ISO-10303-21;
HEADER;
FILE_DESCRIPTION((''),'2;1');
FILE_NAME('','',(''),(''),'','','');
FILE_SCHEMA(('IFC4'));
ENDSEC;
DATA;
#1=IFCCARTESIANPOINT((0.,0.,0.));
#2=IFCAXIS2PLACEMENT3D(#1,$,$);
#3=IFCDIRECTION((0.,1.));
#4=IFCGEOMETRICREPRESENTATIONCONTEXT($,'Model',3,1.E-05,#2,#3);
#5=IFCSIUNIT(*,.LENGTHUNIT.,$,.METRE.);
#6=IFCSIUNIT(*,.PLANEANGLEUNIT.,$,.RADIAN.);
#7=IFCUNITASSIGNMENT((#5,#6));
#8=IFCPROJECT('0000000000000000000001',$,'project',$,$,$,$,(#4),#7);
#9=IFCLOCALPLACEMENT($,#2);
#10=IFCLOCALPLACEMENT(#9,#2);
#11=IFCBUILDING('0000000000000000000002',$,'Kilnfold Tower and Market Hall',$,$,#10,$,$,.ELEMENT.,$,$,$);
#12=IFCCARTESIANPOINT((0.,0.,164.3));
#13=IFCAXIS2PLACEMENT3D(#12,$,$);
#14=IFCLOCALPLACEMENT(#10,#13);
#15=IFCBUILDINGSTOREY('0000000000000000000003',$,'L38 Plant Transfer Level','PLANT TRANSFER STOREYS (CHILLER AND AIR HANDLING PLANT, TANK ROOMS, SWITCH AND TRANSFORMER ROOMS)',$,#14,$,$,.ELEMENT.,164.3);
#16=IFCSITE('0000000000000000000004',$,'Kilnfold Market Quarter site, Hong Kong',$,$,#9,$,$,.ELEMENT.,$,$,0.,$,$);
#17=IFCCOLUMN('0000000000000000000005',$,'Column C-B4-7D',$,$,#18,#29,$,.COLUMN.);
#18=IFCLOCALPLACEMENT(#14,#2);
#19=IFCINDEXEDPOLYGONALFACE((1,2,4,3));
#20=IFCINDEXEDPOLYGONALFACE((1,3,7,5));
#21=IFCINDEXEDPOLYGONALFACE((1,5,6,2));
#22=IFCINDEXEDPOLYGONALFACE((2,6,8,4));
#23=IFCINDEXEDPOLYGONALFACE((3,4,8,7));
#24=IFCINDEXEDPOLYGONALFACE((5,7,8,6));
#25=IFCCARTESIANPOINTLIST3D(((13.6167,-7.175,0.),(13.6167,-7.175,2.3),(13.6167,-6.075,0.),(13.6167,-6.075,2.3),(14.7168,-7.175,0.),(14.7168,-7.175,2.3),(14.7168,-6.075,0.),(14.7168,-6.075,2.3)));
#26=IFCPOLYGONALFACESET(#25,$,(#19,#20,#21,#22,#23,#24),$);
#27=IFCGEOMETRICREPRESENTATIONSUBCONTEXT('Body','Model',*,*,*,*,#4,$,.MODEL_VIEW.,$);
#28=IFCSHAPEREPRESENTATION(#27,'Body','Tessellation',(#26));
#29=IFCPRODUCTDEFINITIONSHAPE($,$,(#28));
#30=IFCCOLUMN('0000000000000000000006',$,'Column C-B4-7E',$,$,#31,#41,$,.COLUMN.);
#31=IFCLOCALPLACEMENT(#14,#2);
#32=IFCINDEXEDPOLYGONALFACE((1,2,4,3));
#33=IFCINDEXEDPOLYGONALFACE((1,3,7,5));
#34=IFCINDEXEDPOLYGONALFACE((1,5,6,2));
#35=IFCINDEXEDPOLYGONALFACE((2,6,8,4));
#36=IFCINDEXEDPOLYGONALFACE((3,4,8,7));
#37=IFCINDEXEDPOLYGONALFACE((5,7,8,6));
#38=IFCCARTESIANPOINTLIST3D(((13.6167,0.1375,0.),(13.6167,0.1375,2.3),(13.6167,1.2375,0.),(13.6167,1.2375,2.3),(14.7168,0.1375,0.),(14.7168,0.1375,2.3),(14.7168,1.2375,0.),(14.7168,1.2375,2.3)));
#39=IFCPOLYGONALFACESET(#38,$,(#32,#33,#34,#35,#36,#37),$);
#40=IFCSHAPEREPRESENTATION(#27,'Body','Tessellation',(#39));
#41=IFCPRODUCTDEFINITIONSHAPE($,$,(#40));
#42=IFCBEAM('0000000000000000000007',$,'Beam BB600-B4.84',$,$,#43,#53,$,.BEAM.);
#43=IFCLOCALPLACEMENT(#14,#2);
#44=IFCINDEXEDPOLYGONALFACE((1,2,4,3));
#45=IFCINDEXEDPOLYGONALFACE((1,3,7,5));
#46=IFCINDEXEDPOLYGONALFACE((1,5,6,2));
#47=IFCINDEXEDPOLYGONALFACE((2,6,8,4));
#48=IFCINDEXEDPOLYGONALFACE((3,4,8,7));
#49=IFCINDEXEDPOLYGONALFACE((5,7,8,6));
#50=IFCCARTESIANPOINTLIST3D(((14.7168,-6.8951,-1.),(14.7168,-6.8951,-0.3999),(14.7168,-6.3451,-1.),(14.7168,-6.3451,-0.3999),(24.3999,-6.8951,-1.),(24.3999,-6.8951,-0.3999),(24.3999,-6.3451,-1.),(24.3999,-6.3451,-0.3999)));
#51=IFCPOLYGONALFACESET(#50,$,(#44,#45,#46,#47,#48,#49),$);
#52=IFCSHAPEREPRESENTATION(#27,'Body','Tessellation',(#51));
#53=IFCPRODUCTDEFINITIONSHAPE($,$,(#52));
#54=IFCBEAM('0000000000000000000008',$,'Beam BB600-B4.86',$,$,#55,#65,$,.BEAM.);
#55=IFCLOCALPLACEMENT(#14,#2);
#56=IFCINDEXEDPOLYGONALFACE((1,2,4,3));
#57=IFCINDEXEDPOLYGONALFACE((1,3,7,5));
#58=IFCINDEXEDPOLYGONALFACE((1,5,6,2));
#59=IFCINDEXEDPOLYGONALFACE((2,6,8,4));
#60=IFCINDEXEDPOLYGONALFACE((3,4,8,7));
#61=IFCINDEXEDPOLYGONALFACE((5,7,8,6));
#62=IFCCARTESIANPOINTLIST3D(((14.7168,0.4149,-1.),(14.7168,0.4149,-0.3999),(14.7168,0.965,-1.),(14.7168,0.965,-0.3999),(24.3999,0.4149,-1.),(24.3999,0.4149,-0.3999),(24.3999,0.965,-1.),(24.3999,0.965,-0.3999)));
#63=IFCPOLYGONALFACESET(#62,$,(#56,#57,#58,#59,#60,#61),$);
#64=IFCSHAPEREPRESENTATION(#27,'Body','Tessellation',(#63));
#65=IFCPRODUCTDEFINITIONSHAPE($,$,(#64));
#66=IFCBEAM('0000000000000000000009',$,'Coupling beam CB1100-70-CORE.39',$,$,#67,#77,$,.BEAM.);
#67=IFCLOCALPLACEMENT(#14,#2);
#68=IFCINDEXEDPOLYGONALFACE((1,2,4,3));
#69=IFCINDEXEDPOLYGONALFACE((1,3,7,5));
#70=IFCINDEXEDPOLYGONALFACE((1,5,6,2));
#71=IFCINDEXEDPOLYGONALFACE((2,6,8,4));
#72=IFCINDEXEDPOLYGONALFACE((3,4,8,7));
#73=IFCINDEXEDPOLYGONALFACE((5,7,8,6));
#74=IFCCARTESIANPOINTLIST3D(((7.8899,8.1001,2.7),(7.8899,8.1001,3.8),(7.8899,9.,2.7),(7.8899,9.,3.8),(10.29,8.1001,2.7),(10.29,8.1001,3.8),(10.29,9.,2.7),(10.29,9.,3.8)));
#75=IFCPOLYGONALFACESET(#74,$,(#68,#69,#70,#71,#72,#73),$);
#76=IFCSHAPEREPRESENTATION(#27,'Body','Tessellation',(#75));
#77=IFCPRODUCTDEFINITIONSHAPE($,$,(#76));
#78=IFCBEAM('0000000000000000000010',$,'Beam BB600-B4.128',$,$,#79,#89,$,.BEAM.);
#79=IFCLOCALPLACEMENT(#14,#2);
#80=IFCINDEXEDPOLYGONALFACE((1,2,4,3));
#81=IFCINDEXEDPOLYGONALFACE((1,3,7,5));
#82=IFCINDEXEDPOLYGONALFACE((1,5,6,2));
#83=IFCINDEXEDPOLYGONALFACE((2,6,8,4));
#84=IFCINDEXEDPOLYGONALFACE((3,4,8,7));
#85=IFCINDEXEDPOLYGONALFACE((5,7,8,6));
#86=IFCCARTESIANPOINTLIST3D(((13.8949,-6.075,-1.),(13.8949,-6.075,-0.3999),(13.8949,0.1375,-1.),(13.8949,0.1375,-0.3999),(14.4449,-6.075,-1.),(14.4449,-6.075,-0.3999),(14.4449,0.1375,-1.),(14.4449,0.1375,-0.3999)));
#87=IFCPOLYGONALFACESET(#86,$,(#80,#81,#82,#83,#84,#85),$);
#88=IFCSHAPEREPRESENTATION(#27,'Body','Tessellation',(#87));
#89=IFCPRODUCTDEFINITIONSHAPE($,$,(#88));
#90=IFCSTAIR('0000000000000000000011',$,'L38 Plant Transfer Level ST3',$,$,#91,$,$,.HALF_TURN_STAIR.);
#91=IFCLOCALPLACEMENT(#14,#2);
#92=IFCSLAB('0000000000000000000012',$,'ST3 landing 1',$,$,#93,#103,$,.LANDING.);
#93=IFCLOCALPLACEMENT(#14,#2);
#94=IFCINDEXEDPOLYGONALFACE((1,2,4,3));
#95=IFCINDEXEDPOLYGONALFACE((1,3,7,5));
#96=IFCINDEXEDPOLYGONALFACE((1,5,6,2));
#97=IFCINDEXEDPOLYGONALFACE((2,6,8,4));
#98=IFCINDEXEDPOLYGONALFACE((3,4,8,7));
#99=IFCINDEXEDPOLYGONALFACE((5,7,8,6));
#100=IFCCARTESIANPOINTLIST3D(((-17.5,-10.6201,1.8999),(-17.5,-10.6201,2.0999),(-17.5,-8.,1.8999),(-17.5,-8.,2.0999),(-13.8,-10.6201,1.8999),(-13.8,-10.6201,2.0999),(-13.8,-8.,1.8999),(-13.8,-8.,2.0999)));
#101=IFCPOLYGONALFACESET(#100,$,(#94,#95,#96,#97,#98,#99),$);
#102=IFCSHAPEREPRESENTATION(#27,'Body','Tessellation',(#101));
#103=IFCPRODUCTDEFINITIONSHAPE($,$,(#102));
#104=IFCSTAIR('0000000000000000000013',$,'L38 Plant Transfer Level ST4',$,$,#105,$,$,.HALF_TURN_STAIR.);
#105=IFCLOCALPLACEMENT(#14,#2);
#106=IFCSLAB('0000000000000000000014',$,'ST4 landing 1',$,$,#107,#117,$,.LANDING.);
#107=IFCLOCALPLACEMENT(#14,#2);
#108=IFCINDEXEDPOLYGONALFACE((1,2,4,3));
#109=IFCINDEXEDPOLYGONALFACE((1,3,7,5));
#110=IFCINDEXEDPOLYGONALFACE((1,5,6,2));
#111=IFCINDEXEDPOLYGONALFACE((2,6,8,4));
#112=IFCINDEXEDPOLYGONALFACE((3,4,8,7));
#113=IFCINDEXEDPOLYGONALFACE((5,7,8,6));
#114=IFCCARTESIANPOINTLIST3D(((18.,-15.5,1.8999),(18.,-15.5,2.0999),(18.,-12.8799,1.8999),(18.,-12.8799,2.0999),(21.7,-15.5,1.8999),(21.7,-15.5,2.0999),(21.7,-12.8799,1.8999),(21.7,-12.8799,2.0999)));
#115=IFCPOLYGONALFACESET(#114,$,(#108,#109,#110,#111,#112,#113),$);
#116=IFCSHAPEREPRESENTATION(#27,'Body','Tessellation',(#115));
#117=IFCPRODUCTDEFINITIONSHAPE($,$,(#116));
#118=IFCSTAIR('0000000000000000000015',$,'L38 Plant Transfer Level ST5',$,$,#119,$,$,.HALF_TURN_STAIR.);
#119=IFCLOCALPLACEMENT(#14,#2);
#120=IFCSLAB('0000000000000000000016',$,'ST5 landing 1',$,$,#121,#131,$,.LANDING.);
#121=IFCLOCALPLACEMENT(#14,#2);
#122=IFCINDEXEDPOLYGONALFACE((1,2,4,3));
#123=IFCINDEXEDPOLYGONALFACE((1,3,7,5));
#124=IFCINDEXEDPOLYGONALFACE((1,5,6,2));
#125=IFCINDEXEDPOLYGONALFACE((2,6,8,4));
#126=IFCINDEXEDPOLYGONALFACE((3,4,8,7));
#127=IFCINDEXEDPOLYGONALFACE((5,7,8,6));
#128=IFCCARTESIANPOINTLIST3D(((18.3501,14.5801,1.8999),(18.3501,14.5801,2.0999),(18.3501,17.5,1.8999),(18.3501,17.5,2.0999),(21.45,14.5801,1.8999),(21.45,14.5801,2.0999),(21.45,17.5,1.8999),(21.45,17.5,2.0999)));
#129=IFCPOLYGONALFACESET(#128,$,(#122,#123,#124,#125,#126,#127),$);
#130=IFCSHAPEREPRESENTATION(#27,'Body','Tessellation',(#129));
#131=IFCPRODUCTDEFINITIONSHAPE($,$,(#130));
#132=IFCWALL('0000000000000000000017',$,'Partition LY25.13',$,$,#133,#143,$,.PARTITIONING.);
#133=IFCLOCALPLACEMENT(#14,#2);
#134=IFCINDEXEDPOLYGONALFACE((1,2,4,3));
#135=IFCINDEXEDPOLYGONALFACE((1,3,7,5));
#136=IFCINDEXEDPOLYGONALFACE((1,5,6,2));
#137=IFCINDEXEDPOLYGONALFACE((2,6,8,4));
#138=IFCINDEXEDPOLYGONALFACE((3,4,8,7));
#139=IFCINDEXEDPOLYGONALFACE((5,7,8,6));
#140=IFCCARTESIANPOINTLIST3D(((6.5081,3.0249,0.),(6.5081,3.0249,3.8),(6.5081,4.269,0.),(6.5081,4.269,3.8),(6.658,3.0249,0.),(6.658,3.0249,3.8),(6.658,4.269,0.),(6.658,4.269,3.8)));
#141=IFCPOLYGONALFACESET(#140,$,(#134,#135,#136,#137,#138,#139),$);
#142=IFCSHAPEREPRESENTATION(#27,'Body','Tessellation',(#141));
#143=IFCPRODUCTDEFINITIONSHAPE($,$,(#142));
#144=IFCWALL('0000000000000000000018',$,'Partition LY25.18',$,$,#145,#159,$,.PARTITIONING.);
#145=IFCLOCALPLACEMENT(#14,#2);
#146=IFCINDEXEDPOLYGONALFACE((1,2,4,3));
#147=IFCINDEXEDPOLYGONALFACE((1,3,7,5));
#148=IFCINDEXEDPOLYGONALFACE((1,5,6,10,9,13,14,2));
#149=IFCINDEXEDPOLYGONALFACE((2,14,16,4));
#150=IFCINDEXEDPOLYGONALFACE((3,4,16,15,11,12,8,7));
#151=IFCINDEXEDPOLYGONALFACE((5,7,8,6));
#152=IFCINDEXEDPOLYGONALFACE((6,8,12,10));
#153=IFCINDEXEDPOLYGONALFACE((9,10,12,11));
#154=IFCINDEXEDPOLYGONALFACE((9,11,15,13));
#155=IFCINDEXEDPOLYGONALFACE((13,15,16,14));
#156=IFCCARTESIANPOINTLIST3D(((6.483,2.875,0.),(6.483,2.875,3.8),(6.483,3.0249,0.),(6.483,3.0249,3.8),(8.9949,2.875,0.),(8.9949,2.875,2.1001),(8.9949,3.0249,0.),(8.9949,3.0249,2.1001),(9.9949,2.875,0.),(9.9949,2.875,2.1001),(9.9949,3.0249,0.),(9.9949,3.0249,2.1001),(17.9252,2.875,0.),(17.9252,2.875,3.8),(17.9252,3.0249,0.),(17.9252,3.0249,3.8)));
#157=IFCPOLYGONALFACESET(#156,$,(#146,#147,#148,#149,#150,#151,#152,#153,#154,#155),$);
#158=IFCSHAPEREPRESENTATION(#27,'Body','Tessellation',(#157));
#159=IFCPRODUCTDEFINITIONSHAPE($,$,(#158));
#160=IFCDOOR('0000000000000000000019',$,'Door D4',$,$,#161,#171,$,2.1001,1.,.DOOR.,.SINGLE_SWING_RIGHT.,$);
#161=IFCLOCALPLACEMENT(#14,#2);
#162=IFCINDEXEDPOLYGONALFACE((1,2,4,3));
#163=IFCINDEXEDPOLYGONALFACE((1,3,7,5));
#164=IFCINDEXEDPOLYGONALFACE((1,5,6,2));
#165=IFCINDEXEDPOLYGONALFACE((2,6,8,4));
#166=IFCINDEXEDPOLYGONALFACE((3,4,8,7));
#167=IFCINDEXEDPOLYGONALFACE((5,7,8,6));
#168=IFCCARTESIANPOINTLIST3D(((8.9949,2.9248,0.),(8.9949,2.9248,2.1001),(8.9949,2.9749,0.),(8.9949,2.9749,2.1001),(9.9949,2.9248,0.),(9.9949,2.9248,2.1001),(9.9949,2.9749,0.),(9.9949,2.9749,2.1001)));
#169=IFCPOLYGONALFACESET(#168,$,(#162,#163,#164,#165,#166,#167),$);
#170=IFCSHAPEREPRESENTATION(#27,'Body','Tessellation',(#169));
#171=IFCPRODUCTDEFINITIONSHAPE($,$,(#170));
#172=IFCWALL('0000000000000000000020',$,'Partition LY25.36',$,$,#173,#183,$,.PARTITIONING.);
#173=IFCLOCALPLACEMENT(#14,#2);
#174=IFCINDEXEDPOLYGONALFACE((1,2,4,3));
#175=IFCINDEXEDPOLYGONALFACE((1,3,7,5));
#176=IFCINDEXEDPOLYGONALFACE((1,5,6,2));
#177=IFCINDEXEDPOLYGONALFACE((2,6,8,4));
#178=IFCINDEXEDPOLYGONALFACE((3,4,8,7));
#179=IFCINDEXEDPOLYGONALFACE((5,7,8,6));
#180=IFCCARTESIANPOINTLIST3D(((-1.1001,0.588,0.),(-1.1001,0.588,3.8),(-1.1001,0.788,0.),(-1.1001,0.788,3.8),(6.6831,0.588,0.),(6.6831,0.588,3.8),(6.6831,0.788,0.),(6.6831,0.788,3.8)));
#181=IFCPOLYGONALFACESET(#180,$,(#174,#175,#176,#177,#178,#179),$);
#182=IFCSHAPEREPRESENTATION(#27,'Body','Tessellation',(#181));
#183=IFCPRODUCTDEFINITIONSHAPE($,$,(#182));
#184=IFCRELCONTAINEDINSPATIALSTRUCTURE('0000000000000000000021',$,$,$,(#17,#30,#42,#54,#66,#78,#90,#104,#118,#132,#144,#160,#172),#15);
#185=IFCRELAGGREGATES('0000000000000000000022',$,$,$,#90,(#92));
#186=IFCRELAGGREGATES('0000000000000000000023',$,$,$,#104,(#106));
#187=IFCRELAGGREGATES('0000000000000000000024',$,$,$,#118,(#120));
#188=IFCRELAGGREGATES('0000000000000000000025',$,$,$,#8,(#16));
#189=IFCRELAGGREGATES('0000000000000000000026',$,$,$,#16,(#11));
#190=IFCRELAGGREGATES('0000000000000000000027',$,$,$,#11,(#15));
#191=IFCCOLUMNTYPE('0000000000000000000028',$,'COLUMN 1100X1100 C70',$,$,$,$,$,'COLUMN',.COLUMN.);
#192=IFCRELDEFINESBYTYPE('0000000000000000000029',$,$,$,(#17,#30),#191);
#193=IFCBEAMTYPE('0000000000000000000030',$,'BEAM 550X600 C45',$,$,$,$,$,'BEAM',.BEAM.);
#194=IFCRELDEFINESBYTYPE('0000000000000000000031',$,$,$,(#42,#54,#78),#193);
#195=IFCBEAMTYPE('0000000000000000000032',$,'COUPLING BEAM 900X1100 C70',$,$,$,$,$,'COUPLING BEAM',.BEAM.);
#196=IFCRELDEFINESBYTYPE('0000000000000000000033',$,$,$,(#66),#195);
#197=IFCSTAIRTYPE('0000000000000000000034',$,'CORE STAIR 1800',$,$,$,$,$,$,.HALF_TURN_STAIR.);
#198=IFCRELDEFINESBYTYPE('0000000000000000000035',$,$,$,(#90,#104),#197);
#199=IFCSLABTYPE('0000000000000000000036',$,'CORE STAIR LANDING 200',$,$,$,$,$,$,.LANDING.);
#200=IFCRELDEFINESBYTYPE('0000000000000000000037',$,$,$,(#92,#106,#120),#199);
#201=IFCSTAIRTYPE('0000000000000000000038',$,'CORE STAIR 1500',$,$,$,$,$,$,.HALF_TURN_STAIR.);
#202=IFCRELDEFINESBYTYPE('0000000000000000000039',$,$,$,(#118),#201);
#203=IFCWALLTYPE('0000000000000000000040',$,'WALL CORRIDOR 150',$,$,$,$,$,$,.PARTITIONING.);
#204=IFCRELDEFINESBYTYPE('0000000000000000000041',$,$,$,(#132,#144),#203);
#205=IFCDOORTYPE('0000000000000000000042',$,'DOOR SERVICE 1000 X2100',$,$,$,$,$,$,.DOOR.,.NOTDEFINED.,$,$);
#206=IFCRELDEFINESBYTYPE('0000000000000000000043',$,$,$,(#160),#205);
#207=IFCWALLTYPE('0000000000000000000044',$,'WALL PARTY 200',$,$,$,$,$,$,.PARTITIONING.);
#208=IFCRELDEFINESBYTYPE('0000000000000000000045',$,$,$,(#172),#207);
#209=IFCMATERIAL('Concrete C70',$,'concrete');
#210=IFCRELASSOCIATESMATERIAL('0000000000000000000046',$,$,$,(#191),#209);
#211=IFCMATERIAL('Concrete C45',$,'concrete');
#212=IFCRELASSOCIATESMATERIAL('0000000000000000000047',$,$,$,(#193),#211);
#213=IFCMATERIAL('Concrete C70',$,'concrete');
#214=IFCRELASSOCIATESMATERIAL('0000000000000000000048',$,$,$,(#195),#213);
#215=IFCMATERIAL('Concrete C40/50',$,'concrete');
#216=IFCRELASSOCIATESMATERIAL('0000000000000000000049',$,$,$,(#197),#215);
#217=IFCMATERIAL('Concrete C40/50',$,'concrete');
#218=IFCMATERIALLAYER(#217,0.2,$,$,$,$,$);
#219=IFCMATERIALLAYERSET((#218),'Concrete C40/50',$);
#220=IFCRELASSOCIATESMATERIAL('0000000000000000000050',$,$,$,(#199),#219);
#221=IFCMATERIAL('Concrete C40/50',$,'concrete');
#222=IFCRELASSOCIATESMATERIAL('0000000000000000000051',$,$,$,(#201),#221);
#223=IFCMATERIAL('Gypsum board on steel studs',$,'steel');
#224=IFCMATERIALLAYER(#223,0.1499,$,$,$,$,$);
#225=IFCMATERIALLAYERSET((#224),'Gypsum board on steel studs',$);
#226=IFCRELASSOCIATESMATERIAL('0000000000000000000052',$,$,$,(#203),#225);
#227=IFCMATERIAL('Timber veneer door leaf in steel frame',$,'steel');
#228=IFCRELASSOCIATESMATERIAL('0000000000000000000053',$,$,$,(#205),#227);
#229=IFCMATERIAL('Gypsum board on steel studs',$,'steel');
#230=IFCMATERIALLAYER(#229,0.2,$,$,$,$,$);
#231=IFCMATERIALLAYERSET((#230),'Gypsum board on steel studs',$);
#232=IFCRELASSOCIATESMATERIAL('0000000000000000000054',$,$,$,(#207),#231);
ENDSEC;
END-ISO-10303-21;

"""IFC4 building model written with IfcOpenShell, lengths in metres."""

from ifc_helpers import new_model, si_unit, direction, frame, frame_2d, origin, origin_2d, place, context, subcontext, project, spatial, polyline, rectangle, outline, extrude, source, transform, mapped, material, layer, layer_set, material_profile, profile_set, type_object, element, fill, aggregate, save


model = new_model("IFC4")

# Units and contexts
model_context = context("Model", 3, precision=1e-05, world=origin(), true_north=direction((0.0, 1.0)))
body_context = subcontext(model_context, "Body", "Model", "MODEL_VIEW")
ifc_project = project(units=[si_unit("LENGTHUNIT", "METRE"), si_unit("PLANEANGLEUNIT", "RADIAN")], contexts=[model_context])

# Site, building, storey
site_placement = place(None, origin())
site = spatial("IfcSite", under=ifc_project, at=site_placement, Name="Kilnfold Market Quarter site, Hong Kong", CompositionType="ELEMENT", RefElevation=0.0)
building_placement = place(site_placement, origin())
building = spatial("IfcBuilding", under=site, at=building_placement, Name="Kilnfold Tower and Market Hall", CompositionType="ELEMENT")
storey_placement = place(building_placement, frame((0.0, 0.0, 164.3)))
storey = spatial("IfcBuildingStorey", under=building, at=storey_placement, Name="L38 Plant Transfer Level", Description="PLANT TRANSFER STOREYS (CHILLER AND AIR HANDLING PLANT, TANK ROOMS, SWITCH AND TRANSFORMER ROOMS)", CompositionType="ELEMENT", Elevation=164.3)

# Columns
ifc_material_1 = material(Name="Concrete C70", Category="concrete")
ifc_material_profile_1 = material_profile(ifc_material_1, rectangle(XDim=1.1001, YDim=1.1001, at=origin_2d()), Name="RC 1100x1100")
ifc_profile_set_1 = profile_set([ifc_material_profile_1], Name="Concrete C70")
column_type = type_object("IfcColumnType", Name="COLUMN 1100X1100 C70", ElementType="COLUMN", PredefinedType="COLUMN", material=ifc_profile_set_1)
shared_shape_1 = source(origin(), body_context, "Body", "SweptSolid", [
    extrude(rectangle(XDim=1.1001, YDim=1.1001, at=origin_2d()), origin(), (0.0, 0.0, 1.0), 2.3),
])
for number, where, z_axis, x_axis, name in (
    (1, (14.1667, -6.625, 0.0), (0.0, 0.0, 1.0), (1.0, 0.0, 0.0), "Column C-B4-7D"),
    (2, (14.1667, 0.6875, 0.0), (0.0, 0.0, 1.0), (1.0, 0.0, 0.0), "Column C-B4-7E"),
):
    element("IfcColumn", number, at=place(storey_placement, frame(where, z_axis=z_axis, x_axis=x_axis)), inside=storey, type_object=column_type, Name=name, PredefinedType="COLUMN", context=body_context, shape_type="MappedRepresentation", body=[
        mapped(shared_shape_1, transform((0.0, 0.0, 0.0))),
    ])

# Beams
ifc_material_2 = material(Name="Concrete C45", Category="concrete")
ifc_material_profile_2 = material_profile(ifc_material_2, rectangle(XDim=0.55, YDim=0.6001, at=origin_2d()), Name="RC 550x600")
ifc_profile_set_2 = profile_set([ifc_material_profile_2], Name="Concrete C45")
beam_type_1 = type_object("IfcBeamType", Name="BEAM 550X600 C45", ElementType="BEAM", PredefinedType="BEAM", material=ifc_profile_set_2)
shared_shape_2 = source(origin(), body_context, "Body", "SweptSolid", [
    extrude(rectangle(XDim=0.55, YDim=0.6001, at=origin_2d()), origin(), (0.0, 0.0, 1.0), 9.6831),
])
for number, where, z_axis, x_axis, name in (
    (3, (14.7168, -6.6201, -0.7), (1.0, 0.0, 0.0), (0.0, 1.0, 0.0), "Beam BB600-B4.84"),
    (4, (14.7168, 0.6899, -0.7), (1.0, 0.0, 0.0), (0.0, 1.0, 0.0), "Beam BB600-B4.86"),
):
    element("IfcBeam", number, at=place(storey_placement, frame(where, z_axis=z_axis, x_axis=x_axis)), inside=storey, type_object=beam_type_1, Name=name, PredefinedType="BEAM", context=body_context, shape_type="MappedRepresentation", body=[
        mapped(shared_shape_2, transform((0.0, 0.0, 0.0))),
    ])
ifc_material_3 = material(Name="Concrete C70", Category="concrete")
ifc_material_profile_3 = material_profile(ifc_material_3, rectangle(XDim=0.8999, YDim=1.1001, at=origin_2d()), Name="RC 900x1100")
ifc_profile_set_3 = profile_set([ifc_material_profile_3], Name="Concrete C70")
beam_type_2 = type_object("IfcBeamType", Name="COUPLING BEAM 900X1100 C70", ElementType="COUPLING BEAM", PredefinedType="BEAM", material=ifc_profile_set_3)
shared_shape_3 = source(origin(), body_context, "Body", "SweptSolid", [
    extrude(rectangle(XDim=0.8999, YDim=1.1001, at=origin_2d()), origin(), (0.0, 0.0, 1.0), 2.4001),
])
beam_1_placement = place(storey_placement, frame((7.8899, 8.55, 3.25), z_axis=(1.0, 0.0, 0.0), x_axis=(0.0, 1.0, 0.0)))
element("IfcBeam", 5, at=beam_1_placement, inside=storey, type_object=beam_type_2, Name="Coupling beam CB1100-70-CORE.39", PredefinedType="BEAM", context=body_context, shape_type="MappedRepresentation", body=[
    mapped(shared_shape_3, transform((0.0, 0.0, 0.0))),
])
shared_shape_4 = source(origin(), body_context, "Body", "SweptSolid", [
    extrude(rectangle(XDim=0.55, YDim=0.6001, at=origin_2d()), origin(), (0.0, 0.0, 1.0), 6.2124),
])
beam_2_placement = place(storey_placement, frame((14.1699, -6.075, -0.7), z_axis=(0.0, 1.0, 0.0), x_axis=(-1.0, 0.0, 0.0)))
element("IfcBeam", 6, at=beam_2_placement, inside=storey, type_object=beam_type_1, Name="Beam BB600-B4.128", PredefinedType="BEAM", context=body_context, shape_type="MappedRepresentation", body=[
    mapped(shared_shape_4, transform((0.0, 0.0, 0.0))),
])

# Stairs, slabs
ifc_material_4 = material(Name="Concrete C40/50", Category="concrete")
stair_type_1 = type_object("IfcStairType", Name="CORE STAIR 1800", PredefinedType="HALF_TURN_STAIR", material=ifc_material_4)
stair_1_placement = place(storey_placement, origin())
stair_1 = element("IfcStair", 7, at=stair_1_placement, inside=storey, type_object=stair_type_1, Name="L38 Plant Transfer Level ST3", PredefinedType="HALF_TURN_STAIR")
ifc_material_5 = material(Name="Concrete C40/50", Category="concrete")
ifc_layer_1 = layer(ifc_material_5, 0.2)
ifc_layer_set_1 = layer_set([ifc_layer_1], Name="Concrete C40/50")
slab_type = type_object("IfcSlabType", Name="CORE STAIR LANDING 200", PredefinedType="LANDING", material=ifc_layer_set_1)
shared_shape_5 = source(origin(), body_context, "Body", "SweptSolid", [
    extrude(outline(polyline([(-13.8, -10.6201), (-13.8, -8.0), (-17.5, -8.0), (-17.5, -10.6201), (-13.8, -10.6201)])), origin(), (0.0, 0.0, 1.0), 0.2),
])
slab_1_placement = place(storey_placement, frame((0.0, 0.0, 1.8999)))
slab_1 = element("IfcSlab", 8, at=slab_1_placement, type_object=slab_type, Name="ST3 landing 1", PredefinedType="LANDING", context=body_context, shape_type="MappedRepresentation", body=[
    mapped(shared_shape_5, transform((0.0, 0.0, 0.0))),
])
aggregate(stair_1, [slab_1])
stair_2_placement = place(storey_placement, origin())
stair_2 = element("IfcStair", 9, at=stair_2_placement, inside=storey, type_object=stair_type_1, Name="L38 Plant Transfer Level ST4", PredefinedType="HALF_TURN_STAIR")
shared_shape_6 = source(origin(), body_context, "Body", "SweptSolid", [
    extrude(outline(polyline([(18.0, -12.8799), (18.0, -15.5), (21.7, -15.5), (21.7, -12.8799), (18.0, -12.8799)])), origin(), (0.0, 0.0, 1.0), 0.2),
])
slab_2_placement = place(storey_placement, frame((0.0, 0.0, 1.8999)))
slab_2 = element("IfcSlab", 10, at=slab_2_placement, type_object=slab_type, Name="ST4 landing 1", PredefinedType="LANDING", context=body_context, shape_type="MappedRepresentation", body=[
    mapped(shared_shape_6, transform((0.0, 0.0, 0.0))),
])
aggregate(stair_2, [slab_2])
ifc_material_6 = material(Name="Concrete C40/50", Category="concrete")
stair_type_2 = type_object("IfcStairType", Name="CORE STAIR 1500", PredefinedType="HALF_TURN_STAIR", material=ifc_material_6)
stair_3_placement = place(storey_placement, origin())
stair_3 = element("IfcStair", 11, at=stair_3_placement, inside=storey, type_object=stair_type_2, Name="L38 Plant Transfer Level ST5", PredefinedType="HALF_TURN_STAIR")
shared_shape_7 = source(origin(), body_context, "Body", "SweptSolid", [
    extrude(outline(polyline([(21.45, 14.5801), (21.45, 17.5), (18.3501, 17.5), (18.3501, 14.5801), (21.45, 14.5801)])), origin(), (0.0, 0.0, 1.0), 0.2),
])
slab_3_placement = place(storey_placement, frame((0.0, 0.0, 1.8999)))
slab_3 = element("IfcSlab", 12, at=slab_3_placement, type_object=slab_type, Name="ST5 landing 1", PredefinedType="LANDING", context=body_context, shape_type="MappedRepresentation", body=[
    mapped(shared_shape_7, transform((0.0, 0.0, 0.0))),
])
aggregate(stair_3, [slab_3])

# Wall
ifc_material_7 = material(Name="Gypsum board on steel studs", Category="steel")
ifc_layer_2 = layer(ifc_material_7, 0.1499)
ifc_layer_set_2 = layer_set([ifc_layer_2], Name="Gypsum board on steel studs")
wall_type_1 = type_object("IfcWallType", Name="WALL CORRIDOR 150", PredefinedType="PARTITIONING", material=ifc_layer_set_2)
wall_1_placement = place(storey_placement, frame((6.583, 4.269, 0.0), z_axis=(0.0, 0.0, 1.0), x_axis=(0.0, -1.0, 0.0)))
element("IfcWall", 13, at=wall_1_placement, inside=storey, type_object=wall_type_1, Name="Partition LY25.13", PredefinedType="PARTITIONING", context=body_context, shape_type="SweptSolid", body=[
    extrude(rectangle(XDim=1.2441, YDim=0.1499, at=frame_2d((0.6221, 0.0))), origin(), (0.0, 0.0, 1.0), 3.8),
])

# Wall, opening, door
wall_2_placement = place(storey_placement, frame((6.4829, 2.95, 0.0), z_axis=(0.0, 0.0, 1.0), x_axis=(1.0, 0.0, 0.0)))
wall_2 = element("IfcWall", 14, at=wall_2_placement, inside=storey, type_object=wall_type_1, Name="Partition LY25.18", PredefinedType="PARTITIONING", context=body_context, shape_type="SweptSolid", body=[
    extrude(rectangle(XDim=11.4421, YDim=0.1499, at=frame_2d((5.7212, 0.0))), origin(), (0.0, 0.0, 1.0), 3.8),
])
opening_1_placement = place(wall_2_placement, frame((2.512, 0.0, 0.0)))
opening_1 = element("IfcOpeningElement", 15, at=opening_1_placement, cuts=wall_2, PredefinedType="OPENING", context=body_context, shape_type="SweptSolid", body=[
    extrude(rectangle(XDim=1.0, YDim=2.1001, at=frame_2d((0.5, 1.05))), frame((0.0, 0.085, 0.0), z_axis=(0.0, -1.0, 0.0), x_axis=(1.0, 0.0, 0.0)), (0.0, 0.0, 1.0), 0.1699),
])
ifc_material_8 = material(Name="Timber veneer door leaf in steel frame", Category="steel")
door_type_1 = type_object("IfcDoorType", Name="DOOR SERVICE 1000 X2100", OperationType="NOTDEFINED", PredefinedType="DOOR", material=ifc_material_8)
door_1_placement = place(opening_1_placement, origin())
door_1 = element("IfcDoor", 16, at=door_1_placement, inside=storey, type_object=door_type_1, Name="Door D4", OperationType="SINGLE_SWING_RIGHT", OverallHeight=2.1001, OverallWidth=1.0, PredefinedType="DOOR", context=body_context, shape_type="SweptSolid", body=[
    extrude(rectangle(XDim=1.0, YDim=2.1001, at=frame_2d((0.5, 1.05))), frame((0.0, 0.0249, 0.0), z_axis=(0.0, -1.0, 0.0), x_axis=(1.0, 0.0, 0.0)), (0.0, 0.0, 1.0), 0.05),
])
fill(opening_1, door_1)

# Wall
ifc_material_9 = material(Name="Gypsum board on steel studs", Category="steel")
ifc_layer_3 = layer(ifc_material_9, 0.2)
ifc_layer_set_3 = layer_set([ifc_layer_3], Name="Gypsum board on steel studs")
wall_type_2 = type_object("IfcWallType", Name="WALL PARTY 200", PredefinedType="PARTITIONING", material=ifc_layer_set_3)
wall_3_placement = place(storey_placement, frame((6.6831, 0.688, 0.0), z_axis=(0.0, 0.0, 1.0), x_axis=(-1.0, 0.0, 0.0)))
element("IfcWall", 17, at=wall_3_placement, inside=storey, type_object=wall_type_2, Name="Partition LY25.36", PredefinedType="PARTITIONING", context=body_context, shape_type="SweptSolid", body=[
    extrude(rectangle(XDim=7.7832, YDim=0.2, at=frame_2d((3.8916, 0.0))), origin(), (0.0, 0.0, 1.0), 3.8),
])

save(model, "model.ifc")
